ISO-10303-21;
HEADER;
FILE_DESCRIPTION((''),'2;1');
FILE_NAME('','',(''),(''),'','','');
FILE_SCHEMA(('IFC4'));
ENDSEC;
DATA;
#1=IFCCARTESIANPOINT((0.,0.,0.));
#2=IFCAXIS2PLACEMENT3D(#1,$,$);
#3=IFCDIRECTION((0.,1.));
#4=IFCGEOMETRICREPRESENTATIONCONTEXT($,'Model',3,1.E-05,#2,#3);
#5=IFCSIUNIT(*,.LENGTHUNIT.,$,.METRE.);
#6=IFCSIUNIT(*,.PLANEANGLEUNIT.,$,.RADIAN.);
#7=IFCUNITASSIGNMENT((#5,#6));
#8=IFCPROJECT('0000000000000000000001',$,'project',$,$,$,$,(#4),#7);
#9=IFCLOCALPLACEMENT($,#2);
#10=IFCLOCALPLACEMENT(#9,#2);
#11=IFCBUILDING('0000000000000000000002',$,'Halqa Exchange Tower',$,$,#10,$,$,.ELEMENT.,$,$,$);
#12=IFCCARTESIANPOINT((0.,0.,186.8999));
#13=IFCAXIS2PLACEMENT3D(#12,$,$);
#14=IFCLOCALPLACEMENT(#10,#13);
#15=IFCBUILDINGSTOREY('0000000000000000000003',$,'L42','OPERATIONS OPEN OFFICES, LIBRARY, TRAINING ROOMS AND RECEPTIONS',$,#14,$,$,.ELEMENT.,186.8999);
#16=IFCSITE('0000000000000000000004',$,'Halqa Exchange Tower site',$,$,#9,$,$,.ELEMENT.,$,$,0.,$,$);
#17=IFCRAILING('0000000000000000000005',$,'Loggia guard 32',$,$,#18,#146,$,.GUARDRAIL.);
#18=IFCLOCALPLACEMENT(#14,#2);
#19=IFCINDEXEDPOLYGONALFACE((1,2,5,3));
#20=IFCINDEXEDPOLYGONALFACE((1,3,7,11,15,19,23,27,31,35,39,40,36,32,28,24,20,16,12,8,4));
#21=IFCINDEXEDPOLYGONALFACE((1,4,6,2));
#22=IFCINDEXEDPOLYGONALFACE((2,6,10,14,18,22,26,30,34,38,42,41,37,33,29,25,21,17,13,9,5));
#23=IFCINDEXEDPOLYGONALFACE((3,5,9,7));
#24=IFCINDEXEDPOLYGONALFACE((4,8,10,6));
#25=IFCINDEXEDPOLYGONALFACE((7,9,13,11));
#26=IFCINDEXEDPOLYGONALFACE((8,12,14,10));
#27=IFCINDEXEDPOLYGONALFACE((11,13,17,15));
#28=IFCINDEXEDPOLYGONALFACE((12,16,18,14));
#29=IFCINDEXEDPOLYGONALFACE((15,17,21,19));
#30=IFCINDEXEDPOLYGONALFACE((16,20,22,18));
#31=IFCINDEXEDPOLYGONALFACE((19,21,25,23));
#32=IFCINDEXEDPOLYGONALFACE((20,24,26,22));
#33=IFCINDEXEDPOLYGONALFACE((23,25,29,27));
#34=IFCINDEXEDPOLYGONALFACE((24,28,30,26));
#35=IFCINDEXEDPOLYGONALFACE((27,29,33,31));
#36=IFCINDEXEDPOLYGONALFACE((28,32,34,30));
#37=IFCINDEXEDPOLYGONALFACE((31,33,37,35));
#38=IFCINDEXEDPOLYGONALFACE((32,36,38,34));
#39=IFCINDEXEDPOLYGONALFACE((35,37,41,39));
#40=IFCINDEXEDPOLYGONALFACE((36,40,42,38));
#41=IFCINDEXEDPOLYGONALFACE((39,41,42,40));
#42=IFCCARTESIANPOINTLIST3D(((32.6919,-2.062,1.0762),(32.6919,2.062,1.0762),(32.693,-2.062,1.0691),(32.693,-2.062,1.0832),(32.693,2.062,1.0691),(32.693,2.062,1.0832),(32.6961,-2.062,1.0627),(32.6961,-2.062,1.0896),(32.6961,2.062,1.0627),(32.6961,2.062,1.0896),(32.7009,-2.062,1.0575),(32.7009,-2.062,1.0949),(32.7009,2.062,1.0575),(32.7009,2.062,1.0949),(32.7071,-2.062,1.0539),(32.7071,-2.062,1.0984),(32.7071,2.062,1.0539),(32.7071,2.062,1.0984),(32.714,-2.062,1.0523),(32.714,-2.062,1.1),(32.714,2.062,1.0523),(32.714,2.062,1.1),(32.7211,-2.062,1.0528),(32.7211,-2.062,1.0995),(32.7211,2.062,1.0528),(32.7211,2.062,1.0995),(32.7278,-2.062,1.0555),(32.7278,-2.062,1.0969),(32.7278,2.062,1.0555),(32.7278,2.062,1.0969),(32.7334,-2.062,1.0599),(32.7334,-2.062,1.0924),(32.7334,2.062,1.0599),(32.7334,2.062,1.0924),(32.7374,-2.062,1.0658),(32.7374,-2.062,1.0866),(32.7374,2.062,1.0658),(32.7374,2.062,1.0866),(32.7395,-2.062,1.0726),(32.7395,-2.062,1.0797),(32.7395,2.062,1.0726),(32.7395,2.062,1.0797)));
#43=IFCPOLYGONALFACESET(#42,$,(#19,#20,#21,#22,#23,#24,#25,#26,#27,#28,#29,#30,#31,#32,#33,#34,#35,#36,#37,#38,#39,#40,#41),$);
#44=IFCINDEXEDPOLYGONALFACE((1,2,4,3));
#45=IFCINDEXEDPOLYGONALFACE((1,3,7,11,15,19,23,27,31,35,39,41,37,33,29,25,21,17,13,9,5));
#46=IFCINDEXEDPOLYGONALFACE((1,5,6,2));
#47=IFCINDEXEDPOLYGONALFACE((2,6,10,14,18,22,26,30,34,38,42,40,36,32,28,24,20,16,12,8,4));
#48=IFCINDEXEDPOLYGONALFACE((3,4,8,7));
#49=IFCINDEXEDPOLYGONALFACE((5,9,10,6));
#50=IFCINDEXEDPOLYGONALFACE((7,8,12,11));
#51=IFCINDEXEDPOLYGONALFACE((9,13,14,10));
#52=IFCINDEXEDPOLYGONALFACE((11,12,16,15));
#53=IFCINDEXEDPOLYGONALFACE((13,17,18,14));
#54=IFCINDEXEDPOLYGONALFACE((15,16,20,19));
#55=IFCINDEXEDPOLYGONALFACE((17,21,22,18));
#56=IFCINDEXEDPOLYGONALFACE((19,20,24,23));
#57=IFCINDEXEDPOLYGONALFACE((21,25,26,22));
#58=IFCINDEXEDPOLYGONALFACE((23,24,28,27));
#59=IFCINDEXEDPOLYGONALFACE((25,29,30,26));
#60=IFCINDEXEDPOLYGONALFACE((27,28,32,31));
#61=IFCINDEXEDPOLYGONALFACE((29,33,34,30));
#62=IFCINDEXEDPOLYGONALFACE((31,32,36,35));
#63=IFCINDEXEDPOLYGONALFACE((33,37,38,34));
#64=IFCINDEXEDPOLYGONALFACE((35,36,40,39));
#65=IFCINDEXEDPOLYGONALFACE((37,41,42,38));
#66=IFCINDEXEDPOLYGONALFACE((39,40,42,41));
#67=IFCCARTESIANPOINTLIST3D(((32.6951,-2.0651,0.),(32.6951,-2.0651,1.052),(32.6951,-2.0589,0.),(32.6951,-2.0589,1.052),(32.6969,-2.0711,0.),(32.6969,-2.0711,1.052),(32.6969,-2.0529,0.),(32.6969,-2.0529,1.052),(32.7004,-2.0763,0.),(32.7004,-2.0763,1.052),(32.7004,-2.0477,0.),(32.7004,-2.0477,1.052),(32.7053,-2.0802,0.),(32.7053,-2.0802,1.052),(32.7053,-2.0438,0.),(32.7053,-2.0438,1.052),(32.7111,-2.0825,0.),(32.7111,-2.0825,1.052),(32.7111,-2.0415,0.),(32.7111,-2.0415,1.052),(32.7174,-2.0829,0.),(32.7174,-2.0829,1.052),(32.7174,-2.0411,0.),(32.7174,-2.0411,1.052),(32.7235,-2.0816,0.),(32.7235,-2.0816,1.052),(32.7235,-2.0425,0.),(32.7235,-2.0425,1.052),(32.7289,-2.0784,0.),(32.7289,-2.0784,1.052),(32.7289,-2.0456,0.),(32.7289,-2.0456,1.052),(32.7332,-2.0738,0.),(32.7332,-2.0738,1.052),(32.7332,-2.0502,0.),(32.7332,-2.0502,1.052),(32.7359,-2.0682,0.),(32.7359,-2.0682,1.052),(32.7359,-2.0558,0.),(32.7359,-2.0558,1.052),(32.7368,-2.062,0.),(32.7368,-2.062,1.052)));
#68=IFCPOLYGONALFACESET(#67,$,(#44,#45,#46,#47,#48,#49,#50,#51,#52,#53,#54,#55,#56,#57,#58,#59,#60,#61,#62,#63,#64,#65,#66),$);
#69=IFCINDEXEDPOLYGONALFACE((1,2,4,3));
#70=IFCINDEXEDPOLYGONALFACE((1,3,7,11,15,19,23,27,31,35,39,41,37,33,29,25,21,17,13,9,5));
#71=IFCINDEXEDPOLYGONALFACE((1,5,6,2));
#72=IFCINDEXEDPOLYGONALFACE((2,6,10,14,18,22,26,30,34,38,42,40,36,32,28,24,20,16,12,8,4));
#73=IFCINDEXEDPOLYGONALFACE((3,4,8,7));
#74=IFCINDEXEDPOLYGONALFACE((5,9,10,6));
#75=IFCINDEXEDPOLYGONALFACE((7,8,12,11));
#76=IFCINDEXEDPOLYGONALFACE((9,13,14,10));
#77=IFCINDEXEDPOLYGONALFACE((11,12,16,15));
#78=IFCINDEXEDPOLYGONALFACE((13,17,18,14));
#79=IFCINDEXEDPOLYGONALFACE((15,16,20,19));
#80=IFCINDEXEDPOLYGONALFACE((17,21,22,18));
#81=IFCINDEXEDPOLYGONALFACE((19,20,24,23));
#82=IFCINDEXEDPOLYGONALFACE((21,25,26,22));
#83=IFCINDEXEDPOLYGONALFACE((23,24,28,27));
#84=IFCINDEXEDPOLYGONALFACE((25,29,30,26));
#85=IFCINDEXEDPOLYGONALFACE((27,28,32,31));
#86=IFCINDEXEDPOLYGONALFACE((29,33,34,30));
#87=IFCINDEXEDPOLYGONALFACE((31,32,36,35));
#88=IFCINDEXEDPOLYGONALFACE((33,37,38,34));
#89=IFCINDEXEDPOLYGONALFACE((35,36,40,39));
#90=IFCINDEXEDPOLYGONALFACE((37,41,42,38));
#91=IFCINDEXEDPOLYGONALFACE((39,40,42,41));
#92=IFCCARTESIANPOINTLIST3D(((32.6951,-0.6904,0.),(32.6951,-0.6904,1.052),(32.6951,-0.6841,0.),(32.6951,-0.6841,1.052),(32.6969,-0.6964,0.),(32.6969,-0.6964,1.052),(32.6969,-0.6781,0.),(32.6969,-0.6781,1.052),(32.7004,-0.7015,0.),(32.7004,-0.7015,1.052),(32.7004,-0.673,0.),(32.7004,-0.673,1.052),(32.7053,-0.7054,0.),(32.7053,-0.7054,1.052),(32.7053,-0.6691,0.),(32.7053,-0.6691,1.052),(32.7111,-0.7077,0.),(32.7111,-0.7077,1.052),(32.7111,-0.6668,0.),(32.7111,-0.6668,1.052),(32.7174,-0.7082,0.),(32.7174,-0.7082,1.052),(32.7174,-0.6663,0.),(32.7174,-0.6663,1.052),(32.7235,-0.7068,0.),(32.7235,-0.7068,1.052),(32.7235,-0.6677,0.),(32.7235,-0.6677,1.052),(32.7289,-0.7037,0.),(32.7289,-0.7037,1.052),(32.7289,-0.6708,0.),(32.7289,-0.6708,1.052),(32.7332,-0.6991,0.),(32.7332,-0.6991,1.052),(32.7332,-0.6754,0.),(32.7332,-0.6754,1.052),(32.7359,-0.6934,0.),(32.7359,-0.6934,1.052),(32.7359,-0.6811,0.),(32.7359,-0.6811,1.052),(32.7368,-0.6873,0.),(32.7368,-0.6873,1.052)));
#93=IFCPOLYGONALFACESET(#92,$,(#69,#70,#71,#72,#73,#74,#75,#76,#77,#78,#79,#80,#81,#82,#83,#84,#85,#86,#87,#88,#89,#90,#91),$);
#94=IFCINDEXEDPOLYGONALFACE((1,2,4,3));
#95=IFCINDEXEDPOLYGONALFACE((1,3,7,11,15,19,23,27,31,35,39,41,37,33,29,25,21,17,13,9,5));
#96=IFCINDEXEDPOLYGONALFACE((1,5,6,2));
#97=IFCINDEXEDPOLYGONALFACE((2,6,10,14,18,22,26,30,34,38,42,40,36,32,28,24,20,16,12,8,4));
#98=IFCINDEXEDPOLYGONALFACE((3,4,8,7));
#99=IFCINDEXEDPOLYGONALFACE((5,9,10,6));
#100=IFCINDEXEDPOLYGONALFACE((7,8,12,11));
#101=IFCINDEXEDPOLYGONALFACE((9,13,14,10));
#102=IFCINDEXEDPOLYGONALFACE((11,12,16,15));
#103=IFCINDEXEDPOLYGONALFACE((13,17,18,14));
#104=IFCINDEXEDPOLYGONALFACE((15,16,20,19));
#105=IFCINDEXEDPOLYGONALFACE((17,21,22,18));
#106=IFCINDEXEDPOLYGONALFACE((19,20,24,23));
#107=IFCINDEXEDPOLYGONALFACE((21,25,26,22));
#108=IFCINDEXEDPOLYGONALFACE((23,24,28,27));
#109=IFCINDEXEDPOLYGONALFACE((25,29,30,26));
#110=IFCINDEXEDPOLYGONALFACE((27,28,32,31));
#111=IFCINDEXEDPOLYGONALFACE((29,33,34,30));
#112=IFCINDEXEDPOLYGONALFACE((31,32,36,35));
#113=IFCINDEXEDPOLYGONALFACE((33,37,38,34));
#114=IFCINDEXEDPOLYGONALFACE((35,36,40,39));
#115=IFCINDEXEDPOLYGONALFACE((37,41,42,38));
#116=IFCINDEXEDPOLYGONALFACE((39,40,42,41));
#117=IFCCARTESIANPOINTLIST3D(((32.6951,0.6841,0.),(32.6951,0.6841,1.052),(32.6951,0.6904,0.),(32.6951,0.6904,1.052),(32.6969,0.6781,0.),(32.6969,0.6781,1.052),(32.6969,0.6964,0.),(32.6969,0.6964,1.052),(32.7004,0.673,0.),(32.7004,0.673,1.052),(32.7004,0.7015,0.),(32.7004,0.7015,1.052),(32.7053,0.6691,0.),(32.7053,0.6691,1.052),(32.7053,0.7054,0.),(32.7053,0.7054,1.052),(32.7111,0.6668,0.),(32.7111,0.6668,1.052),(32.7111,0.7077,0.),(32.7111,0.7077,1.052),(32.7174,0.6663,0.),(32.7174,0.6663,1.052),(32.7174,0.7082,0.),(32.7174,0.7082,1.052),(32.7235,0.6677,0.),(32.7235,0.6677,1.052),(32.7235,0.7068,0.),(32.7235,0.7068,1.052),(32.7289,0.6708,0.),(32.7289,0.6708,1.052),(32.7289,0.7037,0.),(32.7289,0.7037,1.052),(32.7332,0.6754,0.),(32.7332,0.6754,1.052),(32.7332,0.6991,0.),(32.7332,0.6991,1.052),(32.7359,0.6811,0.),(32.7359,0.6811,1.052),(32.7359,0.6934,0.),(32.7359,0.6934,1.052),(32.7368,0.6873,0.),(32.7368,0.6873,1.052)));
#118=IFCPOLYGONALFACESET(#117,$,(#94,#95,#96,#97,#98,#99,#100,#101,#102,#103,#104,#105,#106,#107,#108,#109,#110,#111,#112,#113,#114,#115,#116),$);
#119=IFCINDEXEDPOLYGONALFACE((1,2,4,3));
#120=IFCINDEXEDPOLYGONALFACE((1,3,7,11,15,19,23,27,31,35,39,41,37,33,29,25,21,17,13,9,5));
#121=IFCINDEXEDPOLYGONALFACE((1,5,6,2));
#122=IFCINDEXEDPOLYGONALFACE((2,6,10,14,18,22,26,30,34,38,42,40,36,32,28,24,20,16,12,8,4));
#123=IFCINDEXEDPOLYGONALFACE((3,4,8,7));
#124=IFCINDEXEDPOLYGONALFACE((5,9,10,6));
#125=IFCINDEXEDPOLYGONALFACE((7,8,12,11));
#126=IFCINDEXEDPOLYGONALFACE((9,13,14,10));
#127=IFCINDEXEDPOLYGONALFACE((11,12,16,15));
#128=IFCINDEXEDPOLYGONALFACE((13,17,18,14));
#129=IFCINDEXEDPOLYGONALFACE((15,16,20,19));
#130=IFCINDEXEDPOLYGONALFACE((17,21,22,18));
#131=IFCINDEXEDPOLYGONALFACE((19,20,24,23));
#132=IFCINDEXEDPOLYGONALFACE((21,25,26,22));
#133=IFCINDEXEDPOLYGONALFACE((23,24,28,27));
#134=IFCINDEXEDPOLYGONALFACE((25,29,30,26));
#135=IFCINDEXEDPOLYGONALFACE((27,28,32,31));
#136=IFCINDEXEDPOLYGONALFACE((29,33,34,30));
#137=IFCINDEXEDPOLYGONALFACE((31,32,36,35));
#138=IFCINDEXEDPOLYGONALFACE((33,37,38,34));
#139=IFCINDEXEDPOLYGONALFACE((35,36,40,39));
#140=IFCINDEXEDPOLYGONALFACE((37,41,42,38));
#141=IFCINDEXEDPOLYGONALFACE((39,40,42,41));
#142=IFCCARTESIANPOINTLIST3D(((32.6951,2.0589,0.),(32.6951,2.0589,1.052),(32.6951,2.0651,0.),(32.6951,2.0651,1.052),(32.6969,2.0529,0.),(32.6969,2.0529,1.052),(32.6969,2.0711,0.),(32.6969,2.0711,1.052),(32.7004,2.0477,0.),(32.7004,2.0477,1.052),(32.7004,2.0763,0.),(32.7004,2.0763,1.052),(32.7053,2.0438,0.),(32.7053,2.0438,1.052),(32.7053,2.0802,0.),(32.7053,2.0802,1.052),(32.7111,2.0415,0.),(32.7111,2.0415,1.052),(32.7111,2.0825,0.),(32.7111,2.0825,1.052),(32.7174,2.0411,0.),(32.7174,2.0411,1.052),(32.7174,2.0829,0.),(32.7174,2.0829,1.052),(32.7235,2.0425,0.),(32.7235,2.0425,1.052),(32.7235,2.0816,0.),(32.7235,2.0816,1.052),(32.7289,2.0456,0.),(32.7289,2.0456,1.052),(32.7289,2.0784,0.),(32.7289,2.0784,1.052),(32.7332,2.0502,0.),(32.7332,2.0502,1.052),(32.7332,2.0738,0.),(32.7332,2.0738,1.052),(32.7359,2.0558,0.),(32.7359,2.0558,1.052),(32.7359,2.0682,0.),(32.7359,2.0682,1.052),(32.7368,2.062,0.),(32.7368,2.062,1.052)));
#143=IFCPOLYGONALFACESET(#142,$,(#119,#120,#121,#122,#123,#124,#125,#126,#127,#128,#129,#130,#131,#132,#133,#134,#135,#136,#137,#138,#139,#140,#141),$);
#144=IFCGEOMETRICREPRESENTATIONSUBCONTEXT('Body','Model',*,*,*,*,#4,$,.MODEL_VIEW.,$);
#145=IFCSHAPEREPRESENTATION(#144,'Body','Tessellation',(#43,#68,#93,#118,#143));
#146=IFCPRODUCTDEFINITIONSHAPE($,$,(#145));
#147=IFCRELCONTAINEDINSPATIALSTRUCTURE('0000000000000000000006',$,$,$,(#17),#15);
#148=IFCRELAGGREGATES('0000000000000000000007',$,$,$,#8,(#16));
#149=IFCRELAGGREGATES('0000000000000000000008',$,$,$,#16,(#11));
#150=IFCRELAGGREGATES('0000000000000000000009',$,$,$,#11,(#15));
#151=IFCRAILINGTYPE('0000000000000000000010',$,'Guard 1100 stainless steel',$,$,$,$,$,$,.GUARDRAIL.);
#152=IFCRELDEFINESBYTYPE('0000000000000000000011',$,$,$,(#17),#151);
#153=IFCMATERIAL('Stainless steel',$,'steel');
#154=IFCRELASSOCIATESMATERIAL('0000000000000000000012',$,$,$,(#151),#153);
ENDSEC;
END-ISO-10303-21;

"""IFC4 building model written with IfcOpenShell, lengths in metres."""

from ifc_helpers import new_model, si_unit, direction, frame, origin, origin_2d, place, context, subcontext, project, spatial, circle, extrude, material, type_object, element, save


model = new_model("IFC4")

# Units and contexts
model_context = context("Model", 3, precision=1e-05, world=origin(), true_north=direction((0.0, 1.0)))
body_context = subcontext(model_context, "Body", "Model", "MODEL_VIEW")
ifc_project = project(units=[si_unit("LENGTHUNIT", "METRE"), si_unit("PLANEANGLEUNIT", "RADIAN")], contexts=[model_context])

# Site, building, storey
site_placement = place(None, origin())
site = spatial("IfcSite", under=ifc_project, at=site_placement, Name="Halqa Exchange Tower site", CompositionType="ELEMENT", RefElevation=0.0)
building_placement = place(site_placement, origin())
building = spatial("IfcBuilding", under=site, at=building_placement, Name="Halqa Exchange Tower", CompositionType="ELEMENT")
storey_placement = place(building_placement, frame((0.0, 0.0, 186.8999)))
storey = spatial("IfcBuildingStorey", under=building, at=storey_placement, Name="L42", Description="OPERATIONS OPEN OFFICES, LIBRARY, TRAINING ROOMS AND RECEPTIONS", CompositionType="ELEMENT", Elevation=186.8999)

# Railing
ifc_material_1 = material(Name="Stainless steel", Category="steel")
railing_type = type_object("IfcRailingType", Name="Guard 1100 stainless steel", PredefinedType="GUARDRAIL", material=ifc_material_1)
railing_1_placement = place(storey_placement, frame((32.7158, -2.062, 0.0)))
element("IfcRailing", 1, at=railing_1_placement, inside=storey, type_object=railing_type, Name="Loggia guard 32", PredefinedType="GUARDRAIL", context=body_context, shape_type="SweptSolid", body=[
    extrude(circle(Radius=0.0239, at=origin_2d()), frame((0.0, 0.0, 1.0762), z_axis=(0.0, 1.0, 0.0), x_axis=(-1.0, 0.0, 0.0)), (0.0, 0.0, 1.0), 4.124),
    extrude(circle(Radius=0.021, at=origin_2d()), origin(), (0.0, 0.0, 1.0), 1.052),
    extrude(circle(Radius=0.021, at=origin_2d()), frame((0.0, 1.3748, 0.0)), (0.0, 0.0, 1.0), 1.052),
    extrude(circle(Radius=0.021, at=origin_2d()), frame((0.0, 2.7493, 0.0)), (0.0, 0.0, 1.0), 1.052),
    extrude(circle(Radius=0.021, at=origin_2d()), frame((0.0, 4.124, 0.0)), (0.0, 0.0, 1.0), 1.052),
])

save(model, "model.ifc")
